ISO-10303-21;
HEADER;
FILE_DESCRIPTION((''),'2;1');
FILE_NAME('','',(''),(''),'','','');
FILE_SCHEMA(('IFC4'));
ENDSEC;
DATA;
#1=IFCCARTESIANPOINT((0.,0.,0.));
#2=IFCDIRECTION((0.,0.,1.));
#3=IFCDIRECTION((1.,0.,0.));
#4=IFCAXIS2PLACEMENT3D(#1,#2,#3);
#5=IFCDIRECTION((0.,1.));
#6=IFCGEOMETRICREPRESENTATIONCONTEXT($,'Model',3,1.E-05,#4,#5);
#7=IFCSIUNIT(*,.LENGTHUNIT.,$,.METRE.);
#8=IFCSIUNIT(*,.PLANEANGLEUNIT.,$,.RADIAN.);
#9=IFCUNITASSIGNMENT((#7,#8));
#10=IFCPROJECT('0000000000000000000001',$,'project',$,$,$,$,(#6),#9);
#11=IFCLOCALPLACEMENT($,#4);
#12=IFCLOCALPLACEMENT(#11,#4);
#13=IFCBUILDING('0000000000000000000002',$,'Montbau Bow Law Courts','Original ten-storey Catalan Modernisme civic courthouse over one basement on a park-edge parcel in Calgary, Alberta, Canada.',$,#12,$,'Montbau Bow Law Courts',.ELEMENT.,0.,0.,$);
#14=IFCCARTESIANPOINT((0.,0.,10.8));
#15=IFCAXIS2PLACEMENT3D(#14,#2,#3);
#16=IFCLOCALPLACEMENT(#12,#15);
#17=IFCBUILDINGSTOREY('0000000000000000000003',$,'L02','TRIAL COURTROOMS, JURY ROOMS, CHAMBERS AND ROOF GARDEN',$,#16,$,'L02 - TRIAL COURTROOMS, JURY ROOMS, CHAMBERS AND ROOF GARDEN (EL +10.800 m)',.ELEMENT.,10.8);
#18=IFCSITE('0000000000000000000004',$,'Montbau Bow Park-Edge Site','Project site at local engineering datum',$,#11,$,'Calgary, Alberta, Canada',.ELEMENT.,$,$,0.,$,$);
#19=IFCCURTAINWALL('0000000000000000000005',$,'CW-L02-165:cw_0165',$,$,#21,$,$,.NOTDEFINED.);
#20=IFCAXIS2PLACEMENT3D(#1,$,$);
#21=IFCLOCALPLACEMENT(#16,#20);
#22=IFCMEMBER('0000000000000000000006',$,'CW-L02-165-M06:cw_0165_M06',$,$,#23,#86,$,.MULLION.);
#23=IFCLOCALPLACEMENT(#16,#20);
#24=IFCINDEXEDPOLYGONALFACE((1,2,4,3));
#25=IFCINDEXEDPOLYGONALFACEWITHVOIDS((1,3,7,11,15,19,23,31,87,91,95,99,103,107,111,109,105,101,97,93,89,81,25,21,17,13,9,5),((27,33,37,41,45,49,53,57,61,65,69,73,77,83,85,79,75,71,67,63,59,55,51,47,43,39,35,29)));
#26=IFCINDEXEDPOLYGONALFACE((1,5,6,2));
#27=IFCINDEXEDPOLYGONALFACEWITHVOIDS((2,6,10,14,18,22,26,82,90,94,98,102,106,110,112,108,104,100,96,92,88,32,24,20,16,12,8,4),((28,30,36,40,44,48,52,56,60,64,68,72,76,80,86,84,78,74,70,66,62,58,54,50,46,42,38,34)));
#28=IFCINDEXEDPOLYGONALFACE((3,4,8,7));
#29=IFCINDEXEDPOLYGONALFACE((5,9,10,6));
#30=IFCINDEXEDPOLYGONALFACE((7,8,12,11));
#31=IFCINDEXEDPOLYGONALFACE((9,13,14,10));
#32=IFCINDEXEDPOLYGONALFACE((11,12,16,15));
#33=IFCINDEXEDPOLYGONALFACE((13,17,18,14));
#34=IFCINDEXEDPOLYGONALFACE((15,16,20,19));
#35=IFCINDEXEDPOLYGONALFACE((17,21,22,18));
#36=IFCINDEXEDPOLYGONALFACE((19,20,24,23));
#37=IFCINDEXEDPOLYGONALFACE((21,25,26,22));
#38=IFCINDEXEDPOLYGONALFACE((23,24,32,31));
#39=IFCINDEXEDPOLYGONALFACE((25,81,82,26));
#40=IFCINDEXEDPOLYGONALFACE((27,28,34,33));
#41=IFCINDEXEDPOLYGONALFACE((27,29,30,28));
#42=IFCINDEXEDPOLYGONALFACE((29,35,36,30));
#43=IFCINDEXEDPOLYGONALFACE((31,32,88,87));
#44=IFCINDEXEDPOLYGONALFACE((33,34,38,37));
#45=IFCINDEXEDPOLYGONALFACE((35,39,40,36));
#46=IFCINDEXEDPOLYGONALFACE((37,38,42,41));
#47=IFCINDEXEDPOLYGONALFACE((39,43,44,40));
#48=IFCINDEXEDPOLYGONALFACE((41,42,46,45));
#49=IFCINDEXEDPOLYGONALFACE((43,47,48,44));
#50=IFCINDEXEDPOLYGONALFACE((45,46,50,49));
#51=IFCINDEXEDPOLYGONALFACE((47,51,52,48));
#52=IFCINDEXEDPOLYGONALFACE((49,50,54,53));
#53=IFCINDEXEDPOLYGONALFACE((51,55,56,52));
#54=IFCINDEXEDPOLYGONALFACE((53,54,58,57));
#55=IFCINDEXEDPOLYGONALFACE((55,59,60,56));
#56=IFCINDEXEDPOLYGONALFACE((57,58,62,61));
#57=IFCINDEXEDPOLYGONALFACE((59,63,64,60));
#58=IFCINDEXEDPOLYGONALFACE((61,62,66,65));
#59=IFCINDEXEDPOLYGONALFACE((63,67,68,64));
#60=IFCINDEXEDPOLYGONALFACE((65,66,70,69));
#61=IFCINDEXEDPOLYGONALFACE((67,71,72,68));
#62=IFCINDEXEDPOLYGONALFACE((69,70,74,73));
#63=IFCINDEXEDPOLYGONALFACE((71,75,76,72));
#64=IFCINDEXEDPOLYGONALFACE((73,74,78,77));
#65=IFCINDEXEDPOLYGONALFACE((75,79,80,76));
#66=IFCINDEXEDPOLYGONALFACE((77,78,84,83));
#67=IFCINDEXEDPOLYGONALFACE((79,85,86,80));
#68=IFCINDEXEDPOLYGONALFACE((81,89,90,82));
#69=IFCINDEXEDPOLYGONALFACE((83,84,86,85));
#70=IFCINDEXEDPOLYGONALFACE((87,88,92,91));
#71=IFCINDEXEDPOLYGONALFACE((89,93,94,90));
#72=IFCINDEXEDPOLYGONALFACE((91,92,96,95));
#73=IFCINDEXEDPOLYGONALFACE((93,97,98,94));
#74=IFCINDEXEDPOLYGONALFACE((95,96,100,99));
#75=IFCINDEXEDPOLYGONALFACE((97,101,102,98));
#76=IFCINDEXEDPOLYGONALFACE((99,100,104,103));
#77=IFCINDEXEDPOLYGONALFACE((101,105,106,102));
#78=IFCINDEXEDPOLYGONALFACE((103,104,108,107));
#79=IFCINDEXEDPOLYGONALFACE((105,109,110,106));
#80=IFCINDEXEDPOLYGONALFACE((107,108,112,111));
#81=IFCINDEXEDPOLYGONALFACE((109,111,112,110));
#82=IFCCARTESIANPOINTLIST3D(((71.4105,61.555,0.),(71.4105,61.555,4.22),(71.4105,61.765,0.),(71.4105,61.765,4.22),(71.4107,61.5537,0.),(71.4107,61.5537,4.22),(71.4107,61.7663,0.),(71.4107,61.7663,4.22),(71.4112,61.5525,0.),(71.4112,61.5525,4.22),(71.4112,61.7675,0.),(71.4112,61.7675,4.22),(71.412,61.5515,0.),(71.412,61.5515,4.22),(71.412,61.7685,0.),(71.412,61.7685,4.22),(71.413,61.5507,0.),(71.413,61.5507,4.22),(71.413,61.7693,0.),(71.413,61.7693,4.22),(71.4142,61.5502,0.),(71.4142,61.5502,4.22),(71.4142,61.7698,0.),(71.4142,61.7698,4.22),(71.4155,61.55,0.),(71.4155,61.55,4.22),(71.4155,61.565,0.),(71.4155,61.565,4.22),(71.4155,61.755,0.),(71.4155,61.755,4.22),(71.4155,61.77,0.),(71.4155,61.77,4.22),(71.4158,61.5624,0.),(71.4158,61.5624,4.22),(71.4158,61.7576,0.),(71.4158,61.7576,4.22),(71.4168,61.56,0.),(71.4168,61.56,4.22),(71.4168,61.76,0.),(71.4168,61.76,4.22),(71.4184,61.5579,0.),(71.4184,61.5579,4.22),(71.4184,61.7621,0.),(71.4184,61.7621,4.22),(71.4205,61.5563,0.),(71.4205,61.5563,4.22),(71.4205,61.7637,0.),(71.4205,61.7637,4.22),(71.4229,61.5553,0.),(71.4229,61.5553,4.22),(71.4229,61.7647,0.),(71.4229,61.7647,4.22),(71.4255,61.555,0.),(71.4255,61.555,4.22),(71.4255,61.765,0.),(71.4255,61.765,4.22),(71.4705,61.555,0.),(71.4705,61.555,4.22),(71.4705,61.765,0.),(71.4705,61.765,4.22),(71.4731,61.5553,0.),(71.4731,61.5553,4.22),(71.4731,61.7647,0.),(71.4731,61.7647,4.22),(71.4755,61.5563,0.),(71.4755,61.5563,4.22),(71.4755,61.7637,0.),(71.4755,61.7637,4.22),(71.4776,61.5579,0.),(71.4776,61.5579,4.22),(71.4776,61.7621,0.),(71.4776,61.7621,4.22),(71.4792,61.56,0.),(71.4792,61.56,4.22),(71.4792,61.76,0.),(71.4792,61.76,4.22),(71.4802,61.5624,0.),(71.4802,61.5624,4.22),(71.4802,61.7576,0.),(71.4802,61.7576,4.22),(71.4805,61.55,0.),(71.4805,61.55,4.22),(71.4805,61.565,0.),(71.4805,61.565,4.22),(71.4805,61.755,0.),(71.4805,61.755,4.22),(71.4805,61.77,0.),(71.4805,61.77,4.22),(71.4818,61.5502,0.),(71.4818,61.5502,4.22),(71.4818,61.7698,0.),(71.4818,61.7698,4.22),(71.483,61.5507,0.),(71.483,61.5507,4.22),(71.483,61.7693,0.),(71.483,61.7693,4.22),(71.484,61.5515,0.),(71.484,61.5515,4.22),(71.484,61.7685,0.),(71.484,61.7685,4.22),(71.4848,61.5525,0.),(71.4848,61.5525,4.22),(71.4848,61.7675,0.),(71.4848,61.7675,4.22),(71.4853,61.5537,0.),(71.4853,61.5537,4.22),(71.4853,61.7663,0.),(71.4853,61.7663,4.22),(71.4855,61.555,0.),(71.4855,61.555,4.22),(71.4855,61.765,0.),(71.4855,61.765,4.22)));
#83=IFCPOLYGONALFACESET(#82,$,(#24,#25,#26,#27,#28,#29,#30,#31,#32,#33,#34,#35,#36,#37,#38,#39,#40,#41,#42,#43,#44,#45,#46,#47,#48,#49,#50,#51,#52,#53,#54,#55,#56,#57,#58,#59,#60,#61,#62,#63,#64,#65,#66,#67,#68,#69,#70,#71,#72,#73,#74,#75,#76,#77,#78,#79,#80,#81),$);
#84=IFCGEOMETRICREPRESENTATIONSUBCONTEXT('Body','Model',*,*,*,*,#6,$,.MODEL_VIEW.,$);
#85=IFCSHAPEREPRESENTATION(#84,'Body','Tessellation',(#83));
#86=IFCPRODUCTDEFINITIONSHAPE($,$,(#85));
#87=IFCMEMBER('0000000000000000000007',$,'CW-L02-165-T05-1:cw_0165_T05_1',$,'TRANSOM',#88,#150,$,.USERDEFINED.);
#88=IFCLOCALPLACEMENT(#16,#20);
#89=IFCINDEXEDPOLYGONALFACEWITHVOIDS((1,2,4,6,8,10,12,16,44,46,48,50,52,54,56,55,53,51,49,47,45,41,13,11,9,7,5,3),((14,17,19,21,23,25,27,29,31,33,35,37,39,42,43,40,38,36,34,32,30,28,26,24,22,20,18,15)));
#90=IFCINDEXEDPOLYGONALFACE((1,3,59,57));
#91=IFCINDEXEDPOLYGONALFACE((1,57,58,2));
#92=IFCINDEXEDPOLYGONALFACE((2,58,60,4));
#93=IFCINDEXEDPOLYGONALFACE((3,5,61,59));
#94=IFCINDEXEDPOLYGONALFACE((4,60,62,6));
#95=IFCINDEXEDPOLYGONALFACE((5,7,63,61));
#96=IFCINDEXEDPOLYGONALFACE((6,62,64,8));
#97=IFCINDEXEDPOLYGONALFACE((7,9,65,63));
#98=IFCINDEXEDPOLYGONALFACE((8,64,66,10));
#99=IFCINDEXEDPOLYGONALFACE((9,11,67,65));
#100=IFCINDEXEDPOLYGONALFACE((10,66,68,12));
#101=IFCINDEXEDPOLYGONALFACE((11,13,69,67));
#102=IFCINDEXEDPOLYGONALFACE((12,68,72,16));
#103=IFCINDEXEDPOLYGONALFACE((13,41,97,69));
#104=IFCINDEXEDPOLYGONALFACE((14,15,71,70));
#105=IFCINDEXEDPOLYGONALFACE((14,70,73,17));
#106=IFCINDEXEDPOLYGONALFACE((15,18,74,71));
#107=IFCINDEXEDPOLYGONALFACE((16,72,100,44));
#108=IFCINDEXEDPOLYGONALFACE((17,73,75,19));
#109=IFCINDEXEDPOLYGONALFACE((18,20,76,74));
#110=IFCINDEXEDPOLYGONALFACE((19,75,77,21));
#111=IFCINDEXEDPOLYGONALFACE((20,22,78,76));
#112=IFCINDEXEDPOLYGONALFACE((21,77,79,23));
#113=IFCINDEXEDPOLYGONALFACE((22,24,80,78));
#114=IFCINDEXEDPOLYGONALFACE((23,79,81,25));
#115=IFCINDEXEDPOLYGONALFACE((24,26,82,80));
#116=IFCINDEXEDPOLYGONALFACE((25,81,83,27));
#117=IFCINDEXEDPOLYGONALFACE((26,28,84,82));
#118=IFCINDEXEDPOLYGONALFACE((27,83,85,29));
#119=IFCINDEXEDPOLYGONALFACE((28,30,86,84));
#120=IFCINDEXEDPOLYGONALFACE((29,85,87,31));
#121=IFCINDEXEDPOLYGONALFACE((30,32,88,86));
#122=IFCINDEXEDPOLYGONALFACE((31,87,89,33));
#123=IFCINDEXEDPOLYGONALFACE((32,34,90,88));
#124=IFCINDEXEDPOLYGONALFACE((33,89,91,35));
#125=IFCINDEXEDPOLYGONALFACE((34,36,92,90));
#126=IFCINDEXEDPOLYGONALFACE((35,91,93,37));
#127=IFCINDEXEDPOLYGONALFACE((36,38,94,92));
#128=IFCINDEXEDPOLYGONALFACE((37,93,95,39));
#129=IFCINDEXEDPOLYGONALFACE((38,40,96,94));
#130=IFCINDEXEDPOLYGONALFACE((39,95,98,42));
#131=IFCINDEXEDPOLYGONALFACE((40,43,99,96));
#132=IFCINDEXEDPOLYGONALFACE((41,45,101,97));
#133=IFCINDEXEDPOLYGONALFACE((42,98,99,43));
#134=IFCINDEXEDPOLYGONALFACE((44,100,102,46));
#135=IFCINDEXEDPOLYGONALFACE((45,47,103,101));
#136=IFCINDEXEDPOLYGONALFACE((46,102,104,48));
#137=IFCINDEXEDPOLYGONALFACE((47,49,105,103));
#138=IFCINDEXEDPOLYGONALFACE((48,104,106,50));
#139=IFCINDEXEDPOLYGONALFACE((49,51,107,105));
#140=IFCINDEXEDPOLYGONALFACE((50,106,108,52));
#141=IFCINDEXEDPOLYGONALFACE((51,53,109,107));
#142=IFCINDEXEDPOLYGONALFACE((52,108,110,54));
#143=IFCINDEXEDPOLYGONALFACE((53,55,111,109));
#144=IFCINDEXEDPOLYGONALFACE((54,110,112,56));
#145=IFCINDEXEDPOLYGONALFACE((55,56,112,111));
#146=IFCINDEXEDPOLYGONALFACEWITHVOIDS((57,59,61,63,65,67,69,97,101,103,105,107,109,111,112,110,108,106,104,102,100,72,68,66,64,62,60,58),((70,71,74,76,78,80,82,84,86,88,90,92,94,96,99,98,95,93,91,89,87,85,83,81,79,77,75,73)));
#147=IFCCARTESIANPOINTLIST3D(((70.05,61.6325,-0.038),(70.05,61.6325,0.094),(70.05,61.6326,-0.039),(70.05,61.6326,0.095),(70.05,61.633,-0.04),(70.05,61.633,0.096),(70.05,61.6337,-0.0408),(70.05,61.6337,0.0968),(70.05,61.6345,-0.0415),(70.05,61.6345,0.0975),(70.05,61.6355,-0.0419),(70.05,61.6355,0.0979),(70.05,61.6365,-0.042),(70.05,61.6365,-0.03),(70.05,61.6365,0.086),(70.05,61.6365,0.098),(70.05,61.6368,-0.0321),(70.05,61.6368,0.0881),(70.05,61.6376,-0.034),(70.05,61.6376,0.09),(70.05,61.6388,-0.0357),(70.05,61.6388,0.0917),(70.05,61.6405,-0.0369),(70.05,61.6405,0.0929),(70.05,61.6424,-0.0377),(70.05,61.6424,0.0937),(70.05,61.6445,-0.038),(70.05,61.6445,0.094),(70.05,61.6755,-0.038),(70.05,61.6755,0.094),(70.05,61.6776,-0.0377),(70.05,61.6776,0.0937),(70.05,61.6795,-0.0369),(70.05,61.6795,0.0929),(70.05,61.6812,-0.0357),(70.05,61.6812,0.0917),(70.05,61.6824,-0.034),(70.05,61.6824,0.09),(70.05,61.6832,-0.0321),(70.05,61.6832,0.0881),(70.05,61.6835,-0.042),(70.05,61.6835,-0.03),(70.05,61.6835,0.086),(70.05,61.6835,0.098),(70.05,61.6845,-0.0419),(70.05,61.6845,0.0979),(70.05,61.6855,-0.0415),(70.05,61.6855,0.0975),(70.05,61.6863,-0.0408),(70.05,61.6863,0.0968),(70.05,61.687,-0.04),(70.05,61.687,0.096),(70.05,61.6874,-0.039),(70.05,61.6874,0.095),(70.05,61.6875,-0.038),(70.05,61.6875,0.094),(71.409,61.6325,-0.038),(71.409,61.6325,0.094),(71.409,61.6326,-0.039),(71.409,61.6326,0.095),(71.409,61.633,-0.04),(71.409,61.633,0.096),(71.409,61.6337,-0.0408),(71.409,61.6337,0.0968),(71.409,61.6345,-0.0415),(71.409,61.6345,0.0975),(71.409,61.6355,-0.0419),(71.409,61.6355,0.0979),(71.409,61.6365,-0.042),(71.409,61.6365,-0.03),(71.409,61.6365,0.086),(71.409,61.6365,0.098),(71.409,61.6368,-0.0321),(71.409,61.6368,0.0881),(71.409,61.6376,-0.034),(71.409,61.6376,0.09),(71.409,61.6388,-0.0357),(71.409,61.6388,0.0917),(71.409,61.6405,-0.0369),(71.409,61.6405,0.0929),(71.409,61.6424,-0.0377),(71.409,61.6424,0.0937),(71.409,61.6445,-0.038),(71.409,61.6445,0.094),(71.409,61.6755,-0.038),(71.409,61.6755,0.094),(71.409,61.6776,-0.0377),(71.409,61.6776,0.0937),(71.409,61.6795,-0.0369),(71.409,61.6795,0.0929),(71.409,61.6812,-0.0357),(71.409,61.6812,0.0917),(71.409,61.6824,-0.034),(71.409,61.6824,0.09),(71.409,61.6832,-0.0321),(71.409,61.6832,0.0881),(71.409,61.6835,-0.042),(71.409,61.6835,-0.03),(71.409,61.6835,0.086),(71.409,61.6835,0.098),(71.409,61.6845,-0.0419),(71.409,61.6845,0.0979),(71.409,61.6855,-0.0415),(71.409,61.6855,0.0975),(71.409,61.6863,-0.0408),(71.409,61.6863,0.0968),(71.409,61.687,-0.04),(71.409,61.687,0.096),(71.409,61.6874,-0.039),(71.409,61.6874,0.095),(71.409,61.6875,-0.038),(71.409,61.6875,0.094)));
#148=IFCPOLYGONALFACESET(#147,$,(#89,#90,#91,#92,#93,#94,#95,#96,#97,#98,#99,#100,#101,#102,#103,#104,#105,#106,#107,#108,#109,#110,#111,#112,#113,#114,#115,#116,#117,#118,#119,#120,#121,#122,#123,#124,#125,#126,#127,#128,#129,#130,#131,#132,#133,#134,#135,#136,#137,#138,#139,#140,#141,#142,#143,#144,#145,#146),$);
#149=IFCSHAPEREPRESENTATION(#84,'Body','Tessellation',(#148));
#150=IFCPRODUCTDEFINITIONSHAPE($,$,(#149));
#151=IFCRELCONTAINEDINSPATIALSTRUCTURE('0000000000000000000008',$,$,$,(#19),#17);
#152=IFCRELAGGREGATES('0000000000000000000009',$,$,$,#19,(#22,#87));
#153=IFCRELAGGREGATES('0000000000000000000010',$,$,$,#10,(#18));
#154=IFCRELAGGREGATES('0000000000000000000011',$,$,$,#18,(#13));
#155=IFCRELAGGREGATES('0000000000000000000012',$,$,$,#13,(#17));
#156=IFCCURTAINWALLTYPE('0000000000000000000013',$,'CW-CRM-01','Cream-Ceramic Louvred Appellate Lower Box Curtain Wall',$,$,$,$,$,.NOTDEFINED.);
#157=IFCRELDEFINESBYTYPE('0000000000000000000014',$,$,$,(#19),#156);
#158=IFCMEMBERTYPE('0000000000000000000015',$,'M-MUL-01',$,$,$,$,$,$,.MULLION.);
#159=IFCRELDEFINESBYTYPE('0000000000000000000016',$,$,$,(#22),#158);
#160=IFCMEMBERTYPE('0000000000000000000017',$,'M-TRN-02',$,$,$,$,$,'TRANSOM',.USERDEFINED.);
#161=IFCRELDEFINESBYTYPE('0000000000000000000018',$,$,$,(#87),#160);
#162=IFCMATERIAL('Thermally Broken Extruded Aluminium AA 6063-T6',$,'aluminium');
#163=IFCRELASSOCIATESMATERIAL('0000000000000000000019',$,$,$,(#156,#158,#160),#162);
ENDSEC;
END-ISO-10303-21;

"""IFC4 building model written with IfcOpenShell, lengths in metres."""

from ifc_helpers import new_model, si_unit, direction, frame, origin_with_axes, origin_2d_with_axis, place, context, subcontext, project, spatial, hollow_rectangle, extrude, material, material_profile, profile_set, type_object, element, aggregate, save


model = new_model("IFC4")

# Units and contexts
model_context = context("Model", 3, precision=1e-05, world=origin_with_axes(), true_north=direction((0.0, 1.0)))
body_context = subcontext(model_context, "Body", "Model", "MODEL_VIEW")
ifc_project = project(units=[si_unit("LENGTHUNIT", "METRE"), si_unit("PLANEANGLEUNIT", "RADIAN")], contexts=[model_context])

# Site, building, storey
site_placement = place(None, origin_with_axes())
site = spatial("IfcSite", under=ifc_project, at=site_placement, Name="Montbau Bow Park-Edge Site", Description="Project site at local engineering datum", LongName="Calgary, Alberta, Canada", CompositionType="ELEMENT", RefElevation=0.0)
building_placement = place(site_placement, origin_with_axes())
building = spatial("IfcBuilding", under=site, at=building_placement, Name="Montbau Bow Law Courts", Description="Original ten-storey Catalan Modernisme civic courthouse over one basement on a park-edge parcel in Calgary, Alberta, Canada.", LongName="Montbau Bow Law Courts", CompositionType="ELEMENT", ElevationOfRefHeight=0.0, ElevationOfTerrain=0.0)
storey_placement = place(building_placement, frame((0.0, 0.0, 10.8), z_axis=(0.0, 0.0, 1.0), x_axis=(1.0, 0.0, 0.0)))
storey = spatial("IfcBuildingStorey", under=building, at=storey_placement, Name="L02", Description="TRIAL COURTROOMS, JURY ROOMS, CHAMBERS AND ROOF GARDEN", LongName="L02 - TRIAL COURTROOMS, JURY ROOMS, CHAMBERS AND ROOF GARDEN (EL +10.800 m)", CompositionType="ELEMENT", Elevation=10.8)

# Curtain wall, members
ifc_material_1 = material(Name="Thermally Broken Extruded Aluminium AA 6063-T6", Category="aluminium")
curtain_wall_type = type_object("IfcCurtainWallType", Name="CW-CRM-01", Description="Cream-Ceramic Louvred Appellate Lower Box Curtain Wall", PredefinedType="NOTDEFINED", material=ifc_material_1)
curtain_wall_placement = place(None, frame((64.115, 61.66, 10.8), z_axis=(0.0, 0.0, 1.0), x_axis=(1.0, 0.0, 0.0)))
curtain_wall = element("IfcCurtainWall", 1, at=curtain_wall_placement, inside=storey, type_object=curtain_wall_type, Name="CW-L02-165:cw_0165", PredefinedType="NOTDEFINED")
ifc_material_profile_1 = material_profile(ifc_material_1, hollow_rectangle(XDim=0.075, YDim=0.22, WallThickness=0.005, InnerFilletRadius=0.01, OuterFilletRadius=0.005, at=origin_2d_with_axis()), Name="CWM-220X75", Category="Main", Priority=0)
ifc_profile_set_1 = profile_set([ifc_material_profile_1], Name="Thermally Broken Extruded Aluminium AA 6063-T6")
member_type_1 = type_object("IfcMemberType", Name="M-MUL-01", PredefinedType="MULLION", material=ifc_profile_set_1)
member_1_placement = place(None, frame((71.448, 61.66, 10.8), z_axis=(0.0, 0.0, 1.0), x_axis=(1.0, 0.0, 0.0)))
member_1 = element("IfcMember", 2, at=member_1_placement, type_object=member_type_1, Name="CW-L02-165-M06:cw_0165_M06", PredefinedType="MULLION", context=body_context, shape_type="SweptSolid", body=[
    extrude(hollow_rectangle(XDim=0.075, YDim=0.22, WallThickness=0.005, InnerFilletRadius=0.01, OuterFilletRadius=0.005, at=origin_2d_with_axis()), origin_with_axes(), (0.0, 0.0, 1.0), 4.22),
])
ifc_material_profile_2 = material_profile(ifc_material_1, hollow_rectangle(XDim=0.055, YDim=0.14, WallThickness=0.004, InnerFilletRadius=0.008, OuterFilletRadius=0.004, at=origin_2d_with_axis()), Name="CWT-140X55", Category="Main", Priority=0)
ifc_profile_set_2 = profile_set([ifc_material_profile_2], Name="Thermally Broken Extruded Aluminium AA 6063-T6")
member_type_2 = type_object("IfcMemberType", Name="M-TRN-02", ElementType="TRANSOM", PredefinedType="USERDEFINED", material=ifc_profile_set_2)
member_2_placement = place(None, frame((70.05, 61.66, 10.828), z_axis=(1.0, 0.0, 0.0), x_axis=(0.0, 1.0, 0.0)))
member_2 = element("IfcMember", 3, at=member_2_placement, type_object=member_type_2, Name="CW-L02-165-T05-1:cw_0165_T05_1", ObjectType="TRANSOM", PredefinedType="USERDEFINED", context=body_context, shape_type="SweptSolid", body=[
    extrude(hollow_rectangle(XDim=0.055, YDim=0.14, WallThickness=0.004, InnerFilletRadius=0.008, OuterFilletRadius=0.004, at=origin_2d_with_axis()), origin_with_axes(), (0.0, 0.0, 1.0), 1.359),
])
aggregate(curtain_wall, [member_1, member_2])

save(model, "model.ifc")
